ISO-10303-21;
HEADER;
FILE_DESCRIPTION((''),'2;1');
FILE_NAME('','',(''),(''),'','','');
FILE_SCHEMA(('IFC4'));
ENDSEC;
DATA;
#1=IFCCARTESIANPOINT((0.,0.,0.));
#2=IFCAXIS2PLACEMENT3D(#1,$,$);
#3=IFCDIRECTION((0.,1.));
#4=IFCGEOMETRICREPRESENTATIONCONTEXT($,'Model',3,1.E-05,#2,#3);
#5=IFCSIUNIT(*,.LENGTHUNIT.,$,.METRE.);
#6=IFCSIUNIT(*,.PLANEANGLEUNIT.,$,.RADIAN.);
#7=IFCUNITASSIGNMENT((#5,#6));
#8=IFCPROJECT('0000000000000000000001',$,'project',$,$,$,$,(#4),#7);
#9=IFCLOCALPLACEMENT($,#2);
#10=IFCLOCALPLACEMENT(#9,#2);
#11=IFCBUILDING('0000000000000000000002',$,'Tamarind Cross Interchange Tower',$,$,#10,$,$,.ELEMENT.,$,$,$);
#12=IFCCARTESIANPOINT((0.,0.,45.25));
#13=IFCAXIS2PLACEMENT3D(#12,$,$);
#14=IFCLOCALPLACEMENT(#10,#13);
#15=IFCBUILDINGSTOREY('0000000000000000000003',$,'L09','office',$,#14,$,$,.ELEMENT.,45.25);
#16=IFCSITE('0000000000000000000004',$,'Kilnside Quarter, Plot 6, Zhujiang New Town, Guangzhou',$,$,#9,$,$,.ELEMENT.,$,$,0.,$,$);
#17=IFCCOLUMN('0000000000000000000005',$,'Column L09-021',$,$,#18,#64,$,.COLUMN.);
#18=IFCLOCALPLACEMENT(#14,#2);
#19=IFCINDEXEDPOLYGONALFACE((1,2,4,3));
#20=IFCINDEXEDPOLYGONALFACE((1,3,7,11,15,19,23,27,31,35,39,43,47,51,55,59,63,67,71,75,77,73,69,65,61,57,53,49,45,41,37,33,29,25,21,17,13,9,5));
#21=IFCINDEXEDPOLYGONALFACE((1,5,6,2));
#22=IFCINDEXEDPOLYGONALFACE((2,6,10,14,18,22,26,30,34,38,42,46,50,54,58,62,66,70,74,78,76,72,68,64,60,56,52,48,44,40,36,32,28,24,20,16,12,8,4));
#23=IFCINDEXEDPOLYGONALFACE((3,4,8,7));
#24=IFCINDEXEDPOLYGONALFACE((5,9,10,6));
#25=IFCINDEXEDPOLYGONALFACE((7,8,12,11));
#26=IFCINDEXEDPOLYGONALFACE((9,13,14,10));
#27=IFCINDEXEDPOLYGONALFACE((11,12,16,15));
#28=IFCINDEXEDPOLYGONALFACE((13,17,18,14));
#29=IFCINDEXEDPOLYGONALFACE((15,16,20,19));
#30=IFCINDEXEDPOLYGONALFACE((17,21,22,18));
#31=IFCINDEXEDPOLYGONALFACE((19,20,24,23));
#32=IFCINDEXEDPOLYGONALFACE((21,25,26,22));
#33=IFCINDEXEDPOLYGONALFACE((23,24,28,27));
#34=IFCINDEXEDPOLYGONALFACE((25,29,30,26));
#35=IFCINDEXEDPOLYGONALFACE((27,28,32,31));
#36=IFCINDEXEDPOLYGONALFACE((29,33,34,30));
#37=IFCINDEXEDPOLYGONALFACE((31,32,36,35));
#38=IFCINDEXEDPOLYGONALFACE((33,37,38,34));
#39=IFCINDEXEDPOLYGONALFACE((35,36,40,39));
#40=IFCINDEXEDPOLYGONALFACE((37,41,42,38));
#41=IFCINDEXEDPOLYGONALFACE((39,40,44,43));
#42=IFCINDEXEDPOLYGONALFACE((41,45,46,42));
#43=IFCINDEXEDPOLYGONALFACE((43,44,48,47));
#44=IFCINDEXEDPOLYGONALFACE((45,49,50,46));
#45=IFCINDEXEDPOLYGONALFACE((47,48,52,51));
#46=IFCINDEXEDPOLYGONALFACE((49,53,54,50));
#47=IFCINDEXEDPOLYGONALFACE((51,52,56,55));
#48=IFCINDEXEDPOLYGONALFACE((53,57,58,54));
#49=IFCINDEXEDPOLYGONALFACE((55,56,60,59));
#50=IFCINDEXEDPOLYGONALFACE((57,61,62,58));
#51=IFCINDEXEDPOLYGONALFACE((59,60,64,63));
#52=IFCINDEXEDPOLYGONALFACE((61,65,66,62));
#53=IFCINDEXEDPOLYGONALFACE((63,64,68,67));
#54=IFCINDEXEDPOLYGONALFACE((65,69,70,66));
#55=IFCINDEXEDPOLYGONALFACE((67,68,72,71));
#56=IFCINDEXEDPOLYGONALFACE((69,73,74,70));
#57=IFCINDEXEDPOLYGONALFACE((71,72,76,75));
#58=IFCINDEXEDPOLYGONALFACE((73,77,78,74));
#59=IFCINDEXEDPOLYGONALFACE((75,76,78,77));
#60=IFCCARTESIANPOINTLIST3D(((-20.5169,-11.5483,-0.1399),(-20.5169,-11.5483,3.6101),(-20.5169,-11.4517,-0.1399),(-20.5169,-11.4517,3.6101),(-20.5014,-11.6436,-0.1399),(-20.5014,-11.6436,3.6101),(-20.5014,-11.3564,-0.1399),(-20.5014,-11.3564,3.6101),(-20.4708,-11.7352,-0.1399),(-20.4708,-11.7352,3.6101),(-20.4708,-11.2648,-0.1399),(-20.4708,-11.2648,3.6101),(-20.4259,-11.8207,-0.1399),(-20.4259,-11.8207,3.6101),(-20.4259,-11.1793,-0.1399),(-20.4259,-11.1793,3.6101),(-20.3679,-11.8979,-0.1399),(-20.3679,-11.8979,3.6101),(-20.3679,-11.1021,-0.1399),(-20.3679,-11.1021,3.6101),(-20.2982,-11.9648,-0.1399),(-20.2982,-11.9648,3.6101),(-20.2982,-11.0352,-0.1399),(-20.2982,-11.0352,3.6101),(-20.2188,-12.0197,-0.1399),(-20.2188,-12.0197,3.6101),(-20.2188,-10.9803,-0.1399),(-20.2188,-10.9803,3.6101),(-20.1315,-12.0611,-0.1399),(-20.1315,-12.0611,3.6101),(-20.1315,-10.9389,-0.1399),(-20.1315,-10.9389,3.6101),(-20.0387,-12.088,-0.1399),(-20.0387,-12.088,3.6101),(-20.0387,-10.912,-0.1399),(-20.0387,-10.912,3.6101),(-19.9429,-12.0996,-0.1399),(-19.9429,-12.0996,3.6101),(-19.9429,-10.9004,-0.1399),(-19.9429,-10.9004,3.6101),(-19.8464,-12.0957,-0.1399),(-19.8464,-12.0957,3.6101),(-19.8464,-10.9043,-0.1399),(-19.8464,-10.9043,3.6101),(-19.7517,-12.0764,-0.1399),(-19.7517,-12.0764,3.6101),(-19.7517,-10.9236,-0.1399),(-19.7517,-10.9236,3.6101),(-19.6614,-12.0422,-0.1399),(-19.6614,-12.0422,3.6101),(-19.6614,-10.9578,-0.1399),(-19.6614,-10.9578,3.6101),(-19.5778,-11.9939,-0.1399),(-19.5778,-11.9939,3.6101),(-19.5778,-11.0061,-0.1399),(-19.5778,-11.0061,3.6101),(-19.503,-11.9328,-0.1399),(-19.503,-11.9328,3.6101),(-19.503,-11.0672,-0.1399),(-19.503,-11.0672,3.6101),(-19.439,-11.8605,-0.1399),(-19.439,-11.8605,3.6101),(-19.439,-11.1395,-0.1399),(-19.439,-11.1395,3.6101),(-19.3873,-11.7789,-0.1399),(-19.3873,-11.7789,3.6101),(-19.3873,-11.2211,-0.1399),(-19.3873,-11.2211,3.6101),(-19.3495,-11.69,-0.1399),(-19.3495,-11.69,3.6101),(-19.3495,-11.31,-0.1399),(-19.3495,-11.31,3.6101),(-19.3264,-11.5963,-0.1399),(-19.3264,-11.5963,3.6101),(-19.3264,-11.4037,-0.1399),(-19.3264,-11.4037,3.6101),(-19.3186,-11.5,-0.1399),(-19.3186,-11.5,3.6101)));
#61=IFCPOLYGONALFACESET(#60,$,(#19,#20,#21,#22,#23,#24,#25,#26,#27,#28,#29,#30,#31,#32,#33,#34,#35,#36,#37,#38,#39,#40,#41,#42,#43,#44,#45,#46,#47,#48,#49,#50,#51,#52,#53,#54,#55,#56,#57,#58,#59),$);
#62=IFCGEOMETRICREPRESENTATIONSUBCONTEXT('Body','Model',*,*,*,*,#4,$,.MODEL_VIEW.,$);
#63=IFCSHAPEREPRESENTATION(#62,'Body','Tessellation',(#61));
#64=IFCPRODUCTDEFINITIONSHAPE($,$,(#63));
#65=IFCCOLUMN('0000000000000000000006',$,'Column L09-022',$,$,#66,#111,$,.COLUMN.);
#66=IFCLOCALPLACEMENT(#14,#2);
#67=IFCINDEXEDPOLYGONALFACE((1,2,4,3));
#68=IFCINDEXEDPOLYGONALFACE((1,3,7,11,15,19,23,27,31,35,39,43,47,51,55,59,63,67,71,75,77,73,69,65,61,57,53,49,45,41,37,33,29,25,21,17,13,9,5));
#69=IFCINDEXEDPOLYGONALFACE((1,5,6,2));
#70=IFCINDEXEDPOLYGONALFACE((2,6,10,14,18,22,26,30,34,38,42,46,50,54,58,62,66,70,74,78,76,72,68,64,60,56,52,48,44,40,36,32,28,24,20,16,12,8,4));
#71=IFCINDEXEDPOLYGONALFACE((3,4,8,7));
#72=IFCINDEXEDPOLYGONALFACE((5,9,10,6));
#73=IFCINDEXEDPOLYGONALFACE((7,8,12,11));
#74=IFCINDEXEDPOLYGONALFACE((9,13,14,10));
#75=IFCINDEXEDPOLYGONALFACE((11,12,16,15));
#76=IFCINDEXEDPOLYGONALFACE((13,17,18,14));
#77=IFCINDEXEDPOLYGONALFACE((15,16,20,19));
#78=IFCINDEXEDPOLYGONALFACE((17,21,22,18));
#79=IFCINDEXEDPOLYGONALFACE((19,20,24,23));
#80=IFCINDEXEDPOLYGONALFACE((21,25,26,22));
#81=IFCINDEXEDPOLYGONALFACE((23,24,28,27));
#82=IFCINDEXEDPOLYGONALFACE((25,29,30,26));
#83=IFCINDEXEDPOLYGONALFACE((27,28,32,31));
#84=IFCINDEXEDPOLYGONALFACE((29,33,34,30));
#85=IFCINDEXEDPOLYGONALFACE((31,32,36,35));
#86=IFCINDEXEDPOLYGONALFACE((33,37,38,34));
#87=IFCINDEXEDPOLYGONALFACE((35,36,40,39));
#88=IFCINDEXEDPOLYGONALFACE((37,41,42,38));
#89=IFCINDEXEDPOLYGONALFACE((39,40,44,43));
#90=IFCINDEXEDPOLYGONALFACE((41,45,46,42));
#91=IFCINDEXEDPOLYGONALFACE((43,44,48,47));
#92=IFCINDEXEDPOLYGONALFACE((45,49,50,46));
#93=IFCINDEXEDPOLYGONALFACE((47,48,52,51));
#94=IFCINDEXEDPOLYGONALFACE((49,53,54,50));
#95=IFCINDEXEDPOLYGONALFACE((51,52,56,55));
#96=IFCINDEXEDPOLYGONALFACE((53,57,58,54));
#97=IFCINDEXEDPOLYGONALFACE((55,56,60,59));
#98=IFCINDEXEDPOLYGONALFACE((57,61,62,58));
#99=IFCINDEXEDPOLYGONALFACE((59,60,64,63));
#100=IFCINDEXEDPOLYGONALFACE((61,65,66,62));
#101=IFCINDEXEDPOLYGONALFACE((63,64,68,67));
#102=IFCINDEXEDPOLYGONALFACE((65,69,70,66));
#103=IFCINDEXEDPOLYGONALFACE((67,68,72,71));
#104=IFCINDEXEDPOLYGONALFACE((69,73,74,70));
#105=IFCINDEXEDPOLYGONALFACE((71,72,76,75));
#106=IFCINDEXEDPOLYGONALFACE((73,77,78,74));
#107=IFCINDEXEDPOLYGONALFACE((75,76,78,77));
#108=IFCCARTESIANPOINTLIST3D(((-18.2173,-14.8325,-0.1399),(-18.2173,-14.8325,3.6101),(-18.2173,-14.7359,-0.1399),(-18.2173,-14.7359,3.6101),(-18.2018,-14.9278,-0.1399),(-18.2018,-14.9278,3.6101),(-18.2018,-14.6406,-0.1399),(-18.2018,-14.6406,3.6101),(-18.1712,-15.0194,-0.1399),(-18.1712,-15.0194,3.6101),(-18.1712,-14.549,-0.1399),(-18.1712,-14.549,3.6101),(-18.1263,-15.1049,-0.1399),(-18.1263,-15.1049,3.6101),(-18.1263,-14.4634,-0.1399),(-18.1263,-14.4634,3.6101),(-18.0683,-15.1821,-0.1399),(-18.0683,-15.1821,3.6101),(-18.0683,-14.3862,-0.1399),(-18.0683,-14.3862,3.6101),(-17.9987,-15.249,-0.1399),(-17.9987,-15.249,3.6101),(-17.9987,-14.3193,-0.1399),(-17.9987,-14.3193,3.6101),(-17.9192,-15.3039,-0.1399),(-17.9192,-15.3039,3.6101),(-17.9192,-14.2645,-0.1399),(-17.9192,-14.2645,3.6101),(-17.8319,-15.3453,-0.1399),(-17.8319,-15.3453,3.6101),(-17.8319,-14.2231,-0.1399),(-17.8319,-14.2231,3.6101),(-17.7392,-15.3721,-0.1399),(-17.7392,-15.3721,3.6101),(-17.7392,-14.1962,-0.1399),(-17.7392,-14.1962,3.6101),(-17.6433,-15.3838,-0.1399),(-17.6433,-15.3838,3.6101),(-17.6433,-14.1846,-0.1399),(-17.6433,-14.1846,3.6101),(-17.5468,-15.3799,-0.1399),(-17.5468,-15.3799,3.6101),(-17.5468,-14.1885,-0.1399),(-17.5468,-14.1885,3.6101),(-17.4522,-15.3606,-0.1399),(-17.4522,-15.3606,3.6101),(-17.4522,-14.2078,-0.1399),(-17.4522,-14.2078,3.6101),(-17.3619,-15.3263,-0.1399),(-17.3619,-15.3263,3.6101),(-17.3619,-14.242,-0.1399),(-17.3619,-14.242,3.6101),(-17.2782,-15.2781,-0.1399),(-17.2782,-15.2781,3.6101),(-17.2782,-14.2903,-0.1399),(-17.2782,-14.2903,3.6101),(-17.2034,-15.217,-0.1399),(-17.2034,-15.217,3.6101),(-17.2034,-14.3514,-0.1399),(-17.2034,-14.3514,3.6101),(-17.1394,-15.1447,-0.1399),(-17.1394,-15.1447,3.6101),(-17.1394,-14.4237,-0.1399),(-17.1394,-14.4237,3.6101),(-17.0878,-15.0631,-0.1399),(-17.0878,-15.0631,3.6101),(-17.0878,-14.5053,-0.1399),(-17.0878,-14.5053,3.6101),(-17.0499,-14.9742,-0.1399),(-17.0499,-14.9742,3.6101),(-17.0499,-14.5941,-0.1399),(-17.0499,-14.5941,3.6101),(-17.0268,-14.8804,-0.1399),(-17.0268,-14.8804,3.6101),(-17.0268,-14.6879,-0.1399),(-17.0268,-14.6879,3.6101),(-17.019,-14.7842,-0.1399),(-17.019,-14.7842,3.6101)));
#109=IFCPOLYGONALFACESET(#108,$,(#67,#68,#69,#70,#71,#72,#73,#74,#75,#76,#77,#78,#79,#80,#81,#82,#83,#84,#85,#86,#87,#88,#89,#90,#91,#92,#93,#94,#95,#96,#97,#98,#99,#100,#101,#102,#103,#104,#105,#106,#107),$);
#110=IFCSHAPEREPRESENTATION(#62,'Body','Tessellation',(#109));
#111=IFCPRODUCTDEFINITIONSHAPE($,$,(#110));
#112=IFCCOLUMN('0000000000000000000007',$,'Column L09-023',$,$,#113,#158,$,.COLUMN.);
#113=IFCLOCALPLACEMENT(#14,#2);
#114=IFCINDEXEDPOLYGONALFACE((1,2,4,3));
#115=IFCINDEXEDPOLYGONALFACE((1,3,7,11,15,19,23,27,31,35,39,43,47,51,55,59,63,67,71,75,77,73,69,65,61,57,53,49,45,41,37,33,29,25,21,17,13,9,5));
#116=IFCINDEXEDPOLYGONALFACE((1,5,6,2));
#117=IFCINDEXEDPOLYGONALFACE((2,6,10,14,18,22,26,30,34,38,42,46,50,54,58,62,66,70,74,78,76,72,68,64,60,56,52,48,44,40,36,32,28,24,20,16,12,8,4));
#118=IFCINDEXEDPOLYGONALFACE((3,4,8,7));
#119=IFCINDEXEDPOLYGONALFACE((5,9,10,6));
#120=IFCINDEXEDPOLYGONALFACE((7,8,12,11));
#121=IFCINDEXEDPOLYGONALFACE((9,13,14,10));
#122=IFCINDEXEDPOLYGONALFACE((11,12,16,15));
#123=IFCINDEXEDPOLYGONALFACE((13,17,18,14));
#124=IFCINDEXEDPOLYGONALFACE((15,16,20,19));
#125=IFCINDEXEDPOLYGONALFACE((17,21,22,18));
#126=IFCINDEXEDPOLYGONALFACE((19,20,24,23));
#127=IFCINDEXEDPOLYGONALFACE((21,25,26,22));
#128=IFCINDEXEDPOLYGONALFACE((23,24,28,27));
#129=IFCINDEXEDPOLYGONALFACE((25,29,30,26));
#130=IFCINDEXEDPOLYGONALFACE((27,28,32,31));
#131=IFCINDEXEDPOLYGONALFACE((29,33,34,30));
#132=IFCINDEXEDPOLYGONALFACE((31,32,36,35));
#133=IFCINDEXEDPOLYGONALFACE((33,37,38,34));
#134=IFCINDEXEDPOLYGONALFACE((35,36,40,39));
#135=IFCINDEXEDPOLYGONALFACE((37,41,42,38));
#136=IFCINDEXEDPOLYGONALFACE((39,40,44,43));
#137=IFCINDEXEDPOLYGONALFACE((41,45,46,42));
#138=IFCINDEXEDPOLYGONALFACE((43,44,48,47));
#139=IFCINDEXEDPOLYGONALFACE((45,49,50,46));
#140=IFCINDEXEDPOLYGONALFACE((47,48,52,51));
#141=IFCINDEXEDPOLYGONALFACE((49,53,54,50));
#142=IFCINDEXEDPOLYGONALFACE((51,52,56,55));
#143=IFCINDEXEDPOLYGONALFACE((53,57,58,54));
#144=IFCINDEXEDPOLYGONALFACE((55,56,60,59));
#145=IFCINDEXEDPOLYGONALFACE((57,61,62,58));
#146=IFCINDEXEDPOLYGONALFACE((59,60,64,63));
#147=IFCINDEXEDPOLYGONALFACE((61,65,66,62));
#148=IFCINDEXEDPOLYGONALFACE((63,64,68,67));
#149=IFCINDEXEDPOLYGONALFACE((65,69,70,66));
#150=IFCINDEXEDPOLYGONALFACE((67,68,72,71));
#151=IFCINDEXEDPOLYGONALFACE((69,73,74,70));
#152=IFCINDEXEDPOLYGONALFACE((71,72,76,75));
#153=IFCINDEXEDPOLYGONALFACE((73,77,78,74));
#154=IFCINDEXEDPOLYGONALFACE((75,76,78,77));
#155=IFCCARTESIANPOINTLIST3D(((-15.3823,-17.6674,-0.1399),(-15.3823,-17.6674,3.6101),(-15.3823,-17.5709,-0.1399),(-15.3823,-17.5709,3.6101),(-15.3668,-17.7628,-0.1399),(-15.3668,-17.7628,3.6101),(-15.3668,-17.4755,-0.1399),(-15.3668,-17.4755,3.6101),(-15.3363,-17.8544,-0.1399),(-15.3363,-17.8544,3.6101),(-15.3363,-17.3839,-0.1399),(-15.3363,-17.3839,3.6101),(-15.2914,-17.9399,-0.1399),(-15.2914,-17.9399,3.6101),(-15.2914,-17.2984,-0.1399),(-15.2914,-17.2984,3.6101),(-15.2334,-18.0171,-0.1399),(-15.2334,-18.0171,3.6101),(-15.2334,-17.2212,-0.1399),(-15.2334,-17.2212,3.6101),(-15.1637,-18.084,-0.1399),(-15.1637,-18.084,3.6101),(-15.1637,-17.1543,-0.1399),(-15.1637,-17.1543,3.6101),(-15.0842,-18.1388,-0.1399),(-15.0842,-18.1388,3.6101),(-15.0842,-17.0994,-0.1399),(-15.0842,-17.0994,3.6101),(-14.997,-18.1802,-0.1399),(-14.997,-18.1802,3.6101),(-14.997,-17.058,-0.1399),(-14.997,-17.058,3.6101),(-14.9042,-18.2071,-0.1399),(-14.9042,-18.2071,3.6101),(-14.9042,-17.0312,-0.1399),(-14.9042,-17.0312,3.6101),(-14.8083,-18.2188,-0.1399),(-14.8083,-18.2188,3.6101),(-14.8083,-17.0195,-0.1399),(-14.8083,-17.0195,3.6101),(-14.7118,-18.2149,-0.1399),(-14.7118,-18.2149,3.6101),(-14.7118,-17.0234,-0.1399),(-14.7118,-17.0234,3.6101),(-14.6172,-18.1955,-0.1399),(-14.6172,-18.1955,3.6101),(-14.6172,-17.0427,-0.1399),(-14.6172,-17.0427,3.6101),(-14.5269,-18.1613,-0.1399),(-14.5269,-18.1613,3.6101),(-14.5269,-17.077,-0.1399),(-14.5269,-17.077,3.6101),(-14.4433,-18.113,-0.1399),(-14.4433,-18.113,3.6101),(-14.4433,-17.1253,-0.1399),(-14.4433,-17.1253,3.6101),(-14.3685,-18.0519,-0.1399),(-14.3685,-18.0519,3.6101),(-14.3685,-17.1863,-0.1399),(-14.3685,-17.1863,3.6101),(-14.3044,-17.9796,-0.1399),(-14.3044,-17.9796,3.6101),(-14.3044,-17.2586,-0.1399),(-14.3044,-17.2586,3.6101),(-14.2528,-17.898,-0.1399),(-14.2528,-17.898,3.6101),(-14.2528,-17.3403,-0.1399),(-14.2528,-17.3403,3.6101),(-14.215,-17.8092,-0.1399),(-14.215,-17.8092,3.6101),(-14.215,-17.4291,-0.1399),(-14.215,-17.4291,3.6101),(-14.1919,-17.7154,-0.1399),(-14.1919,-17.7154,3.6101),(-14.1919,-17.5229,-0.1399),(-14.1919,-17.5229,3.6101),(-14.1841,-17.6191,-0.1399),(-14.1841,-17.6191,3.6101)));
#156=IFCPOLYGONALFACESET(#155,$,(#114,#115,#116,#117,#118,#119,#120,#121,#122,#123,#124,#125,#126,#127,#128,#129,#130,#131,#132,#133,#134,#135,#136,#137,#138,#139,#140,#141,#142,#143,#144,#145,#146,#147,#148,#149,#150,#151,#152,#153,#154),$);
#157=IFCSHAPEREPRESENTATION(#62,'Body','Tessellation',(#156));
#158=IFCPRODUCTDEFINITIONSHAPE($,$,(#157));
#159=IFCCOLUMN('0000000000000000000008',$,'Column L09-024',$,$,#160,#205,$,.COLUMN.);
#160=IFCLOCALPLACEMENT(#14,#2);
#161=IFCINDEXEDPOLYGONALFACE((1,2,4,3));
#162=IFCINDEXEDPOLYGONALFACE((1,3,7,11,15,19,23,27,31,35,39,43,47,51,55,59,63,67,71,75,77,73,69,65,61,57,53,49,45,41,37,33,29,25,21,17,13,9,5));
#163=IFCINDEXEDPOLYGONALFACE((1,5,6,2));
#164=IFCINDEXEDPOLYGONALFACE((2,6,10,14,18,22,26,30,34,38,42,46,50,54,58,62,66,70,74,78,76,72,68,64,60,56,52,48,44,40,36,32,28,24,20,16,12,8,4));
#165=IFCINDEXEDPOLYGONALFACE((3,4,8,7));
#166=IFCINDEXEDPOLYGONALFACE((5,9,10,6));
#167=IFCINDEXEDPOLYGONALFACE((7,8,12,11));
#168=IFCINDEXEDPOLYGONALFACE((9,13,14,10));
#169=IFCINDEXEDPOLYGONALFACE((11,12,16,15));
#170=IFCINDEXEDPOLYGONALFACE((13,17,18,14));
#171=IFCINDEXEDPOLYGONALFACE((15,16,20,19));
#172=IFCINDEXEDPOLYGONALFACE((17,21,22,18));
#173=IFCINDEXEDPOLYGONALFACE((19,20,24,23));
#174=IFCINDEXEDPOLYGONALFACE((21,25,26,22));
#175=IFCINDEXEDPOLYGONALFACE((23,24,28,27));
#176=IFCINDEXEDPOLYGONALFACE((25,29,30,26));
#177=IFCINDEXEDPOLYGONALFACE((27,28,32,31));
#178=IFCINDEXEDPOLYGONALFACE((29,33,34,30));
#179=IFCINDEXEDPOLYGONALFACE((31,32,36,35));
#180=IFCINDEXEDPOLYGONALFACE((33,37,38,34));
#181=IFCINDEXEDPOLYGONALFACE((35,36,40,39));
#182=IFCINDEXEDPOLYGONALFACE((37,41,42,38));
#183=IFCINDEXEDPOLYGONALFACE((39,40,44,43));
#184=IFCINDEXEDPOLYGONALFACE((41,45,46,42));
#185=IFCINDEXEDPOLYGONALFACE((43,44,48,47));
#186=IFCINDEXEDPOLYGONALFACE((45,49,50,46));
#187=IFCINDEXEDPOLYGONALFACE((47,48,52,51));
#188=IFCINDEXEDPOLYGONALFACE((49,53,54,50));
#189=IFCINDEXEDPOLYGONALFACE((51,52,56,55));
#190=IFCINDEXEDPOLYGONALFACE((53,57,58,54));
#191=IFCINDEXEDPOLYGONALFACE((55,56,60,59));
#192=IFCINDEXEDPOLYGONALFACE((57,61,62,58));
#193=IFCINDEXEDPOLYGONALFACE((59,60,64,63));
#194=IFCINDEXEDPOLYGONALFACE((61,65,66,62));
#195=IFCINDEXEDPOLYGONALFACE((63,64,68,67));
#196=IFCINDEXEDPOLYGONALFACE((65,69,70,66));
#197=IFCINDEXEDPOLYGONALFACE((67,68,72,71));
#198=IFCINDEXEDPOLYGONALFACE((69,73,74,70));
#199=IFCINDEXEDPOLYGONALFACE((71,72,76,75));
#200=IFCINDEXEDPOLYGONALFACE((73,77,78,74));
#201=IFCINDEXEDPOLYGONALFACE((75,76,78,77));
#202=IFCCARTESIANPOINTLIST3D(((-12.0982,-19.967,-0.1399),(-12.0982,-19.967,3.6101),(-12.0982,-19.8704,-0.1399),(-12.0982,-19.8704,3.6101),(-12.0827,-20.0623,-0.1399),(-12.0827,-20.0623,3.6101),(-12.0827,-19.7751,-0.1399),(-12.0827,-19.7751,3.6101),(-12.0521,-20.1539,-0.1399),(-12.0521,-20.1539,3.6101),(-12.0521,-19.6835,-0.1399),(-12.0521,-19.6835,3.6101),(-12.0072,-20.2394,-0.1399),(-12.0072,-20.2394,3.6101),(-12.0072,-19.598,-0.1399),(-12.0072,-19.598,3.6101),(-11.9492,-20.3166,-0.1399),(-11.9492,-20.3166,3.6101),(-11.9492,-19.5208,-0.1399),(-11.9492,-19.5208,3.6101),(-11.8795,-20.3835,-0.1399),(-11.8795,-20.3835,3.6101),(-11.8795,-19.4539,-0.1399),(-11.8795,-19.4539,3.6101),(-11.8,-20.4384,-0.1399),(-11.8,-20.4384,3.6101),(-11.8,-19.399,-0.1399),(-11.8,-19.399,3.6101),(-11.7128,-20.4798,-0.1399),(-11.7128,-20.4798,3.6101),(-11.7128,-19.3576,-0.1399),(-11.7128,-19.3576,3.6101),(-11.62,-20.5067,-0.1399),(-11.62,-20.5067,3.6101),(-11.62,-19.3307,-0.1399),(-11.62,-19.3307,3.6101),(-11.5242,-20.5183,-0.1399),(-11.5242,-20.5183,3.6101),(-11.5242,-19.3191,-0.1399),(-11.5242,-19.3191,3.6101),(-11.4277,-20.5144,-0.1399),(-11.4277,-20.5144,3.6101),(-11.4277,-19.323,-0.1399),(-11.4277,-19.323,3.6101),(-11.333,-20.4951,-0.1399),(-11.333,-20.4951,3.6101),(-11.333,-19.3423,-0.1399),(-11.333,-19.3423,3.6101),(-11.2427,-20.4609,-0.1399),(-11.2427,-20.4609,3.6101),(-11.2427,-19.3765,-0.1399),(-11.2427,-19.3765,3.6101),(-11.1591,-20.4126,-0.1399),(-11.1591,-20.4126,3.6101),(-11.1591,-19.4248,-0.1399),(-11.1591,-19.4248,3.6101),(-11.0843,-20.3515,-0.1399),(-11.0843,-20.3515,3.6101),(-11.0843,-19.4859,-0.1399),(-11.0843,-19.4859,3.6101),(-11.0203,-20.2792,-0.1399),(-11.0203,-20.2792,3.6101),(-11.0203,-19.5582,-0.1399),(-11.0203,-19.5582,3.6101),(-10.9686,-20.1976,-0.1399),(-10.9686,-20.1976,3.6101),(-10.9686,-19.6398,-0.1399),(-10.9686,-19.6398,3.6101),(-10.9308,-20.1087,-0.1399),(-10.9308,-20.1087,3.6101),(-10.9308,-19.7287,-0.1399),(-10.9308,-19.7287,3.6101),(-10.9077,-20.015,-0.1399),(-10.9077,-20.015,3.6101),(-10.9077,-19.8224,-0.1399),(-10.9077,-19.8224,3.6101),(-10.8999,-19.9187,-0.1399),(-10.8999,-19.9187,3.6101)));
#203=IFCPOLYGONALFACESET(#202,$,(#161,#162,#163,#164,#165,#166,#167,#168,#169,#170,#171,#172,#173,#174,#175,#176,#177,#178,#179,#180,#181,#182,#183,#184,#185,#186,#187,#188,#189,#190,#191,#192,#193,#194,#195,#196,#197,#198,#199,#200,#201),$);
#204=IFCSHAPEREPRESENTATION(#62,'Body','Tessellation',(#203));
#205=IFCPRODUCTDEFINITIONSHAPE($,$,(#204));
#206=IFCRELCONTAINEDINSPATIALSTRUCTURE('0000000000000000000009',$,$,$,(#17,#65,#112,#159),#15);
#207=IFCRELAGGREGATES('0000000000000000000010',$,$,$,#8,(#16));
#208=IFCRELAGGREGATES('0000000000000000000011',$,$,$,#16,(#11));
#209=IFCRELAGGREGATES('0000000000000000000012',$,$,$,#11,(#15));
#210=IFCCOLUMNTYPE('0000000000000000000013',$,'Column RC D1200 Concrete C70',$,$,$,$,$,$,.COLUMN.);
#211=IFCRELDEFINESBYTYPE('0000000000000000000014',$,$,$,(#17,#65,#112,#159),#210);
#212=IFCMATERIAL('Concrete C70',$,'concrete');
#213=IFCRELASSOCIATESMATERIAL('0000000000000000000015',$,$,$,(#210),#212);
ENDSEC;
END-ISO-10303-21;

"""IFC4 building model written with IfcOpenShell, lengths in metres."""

from ifc_helpers import new_model, si_unit, direction, frame, origin, origin_2d, place, context, subcontext, project, spatial, circle, extrude, material, material_profile, profile_set, type_object, element, save


model = new_model("IFC4")

# Units and contexts
model_context = context("Model", 3, precision=1e-05, world=origin(), true_north=direction((0.0, 1.0)))
body_context = subcontext(model_context, "Body", "Model", "MODEL_VIEW")
ifc_project = project(units=[si_unit("LENGTHUNIT", "METRE"), si_unit("PLANEANGLEUNIT", "RADIAN")], contexts=[model_context])

# Site, building, storey
site_placement = place(None, origin())
site = spatial("IfcSite", under=ifc_project, at=site_placement, Name="Kilnside Quarter, Plot 6, Zhujiang New Town, Guangzhou", CompositionType="ELEMENT", RefElevation=0.0)
building_placement = place(site_placement, origin())
building = spatial("IfcBuilding", under=site, at=building_placement, Name="Tamarind Cross Interchange Tower", CompositionType="ELEMENT")
storey_placement = place(building_placement, frame((0.0, 0.0, 45.25)))
storey = spatial("IfcBuildingStorey", under=building, at=storey_placement, Name="L09", Description="office", CompositionType="ELEMENT", Elevation=45.25)

# Columns
ifc_material_1 = material(Name="Concrete C70", Category="concrete")
ifc_material_profile_1 = material_profile(ifc_material_1, circle(Radius=0.6001, at=origin_2d()), Name="RC D1200")
ifc_profile_set_1 = profile_set([ifc_material_profile_1], Name="Concrete C70")
column_type = type_object("IfcColumnType", Name="Column RC D1200 Concrete C70", PredefinedType="COLUMN", material=ifc_profile_set_1)
for number, where, z_axis, x_axis, name in (
    (1, (-19.9187, -11.5, -0.1399), (0.0, 0.0, 1.0), (1.0, 0.0, 0.0), "Column L09-021"),
    (2, (-17.6191, -14.7842, -0.1399), (0.0, 0.0, 1.0), (1.0, 0.0, 0.0), "Column L09-022"),
    (3, (-14.7842, -17.6191, -0.1399), (0.0, 0.0, 1.0), (1.0, 0.0, 0.0), "Column L09-023"),
    (4, (-11.5, -19.9187, -0.1399), (0.0, 0.0, 1.0), (1.0, 0.0, 0.0), "Column L09-024"),
):
    element("IfcColumn", number, at=place(storey_placement, frame(where, z_axis=z_axis, x_axis=x_axis)), inside=storey, type_object=column_type, Name=name, PredefinedType="COLUMN", context=body_context, shape_type="SweptSolid", body=[
        extrude(circle(Radius=0.6001, at=origin_2d()), origin(), (0.0, 0.0, 1.0), 3.75),
    ])

save(model, "model.ifc")
